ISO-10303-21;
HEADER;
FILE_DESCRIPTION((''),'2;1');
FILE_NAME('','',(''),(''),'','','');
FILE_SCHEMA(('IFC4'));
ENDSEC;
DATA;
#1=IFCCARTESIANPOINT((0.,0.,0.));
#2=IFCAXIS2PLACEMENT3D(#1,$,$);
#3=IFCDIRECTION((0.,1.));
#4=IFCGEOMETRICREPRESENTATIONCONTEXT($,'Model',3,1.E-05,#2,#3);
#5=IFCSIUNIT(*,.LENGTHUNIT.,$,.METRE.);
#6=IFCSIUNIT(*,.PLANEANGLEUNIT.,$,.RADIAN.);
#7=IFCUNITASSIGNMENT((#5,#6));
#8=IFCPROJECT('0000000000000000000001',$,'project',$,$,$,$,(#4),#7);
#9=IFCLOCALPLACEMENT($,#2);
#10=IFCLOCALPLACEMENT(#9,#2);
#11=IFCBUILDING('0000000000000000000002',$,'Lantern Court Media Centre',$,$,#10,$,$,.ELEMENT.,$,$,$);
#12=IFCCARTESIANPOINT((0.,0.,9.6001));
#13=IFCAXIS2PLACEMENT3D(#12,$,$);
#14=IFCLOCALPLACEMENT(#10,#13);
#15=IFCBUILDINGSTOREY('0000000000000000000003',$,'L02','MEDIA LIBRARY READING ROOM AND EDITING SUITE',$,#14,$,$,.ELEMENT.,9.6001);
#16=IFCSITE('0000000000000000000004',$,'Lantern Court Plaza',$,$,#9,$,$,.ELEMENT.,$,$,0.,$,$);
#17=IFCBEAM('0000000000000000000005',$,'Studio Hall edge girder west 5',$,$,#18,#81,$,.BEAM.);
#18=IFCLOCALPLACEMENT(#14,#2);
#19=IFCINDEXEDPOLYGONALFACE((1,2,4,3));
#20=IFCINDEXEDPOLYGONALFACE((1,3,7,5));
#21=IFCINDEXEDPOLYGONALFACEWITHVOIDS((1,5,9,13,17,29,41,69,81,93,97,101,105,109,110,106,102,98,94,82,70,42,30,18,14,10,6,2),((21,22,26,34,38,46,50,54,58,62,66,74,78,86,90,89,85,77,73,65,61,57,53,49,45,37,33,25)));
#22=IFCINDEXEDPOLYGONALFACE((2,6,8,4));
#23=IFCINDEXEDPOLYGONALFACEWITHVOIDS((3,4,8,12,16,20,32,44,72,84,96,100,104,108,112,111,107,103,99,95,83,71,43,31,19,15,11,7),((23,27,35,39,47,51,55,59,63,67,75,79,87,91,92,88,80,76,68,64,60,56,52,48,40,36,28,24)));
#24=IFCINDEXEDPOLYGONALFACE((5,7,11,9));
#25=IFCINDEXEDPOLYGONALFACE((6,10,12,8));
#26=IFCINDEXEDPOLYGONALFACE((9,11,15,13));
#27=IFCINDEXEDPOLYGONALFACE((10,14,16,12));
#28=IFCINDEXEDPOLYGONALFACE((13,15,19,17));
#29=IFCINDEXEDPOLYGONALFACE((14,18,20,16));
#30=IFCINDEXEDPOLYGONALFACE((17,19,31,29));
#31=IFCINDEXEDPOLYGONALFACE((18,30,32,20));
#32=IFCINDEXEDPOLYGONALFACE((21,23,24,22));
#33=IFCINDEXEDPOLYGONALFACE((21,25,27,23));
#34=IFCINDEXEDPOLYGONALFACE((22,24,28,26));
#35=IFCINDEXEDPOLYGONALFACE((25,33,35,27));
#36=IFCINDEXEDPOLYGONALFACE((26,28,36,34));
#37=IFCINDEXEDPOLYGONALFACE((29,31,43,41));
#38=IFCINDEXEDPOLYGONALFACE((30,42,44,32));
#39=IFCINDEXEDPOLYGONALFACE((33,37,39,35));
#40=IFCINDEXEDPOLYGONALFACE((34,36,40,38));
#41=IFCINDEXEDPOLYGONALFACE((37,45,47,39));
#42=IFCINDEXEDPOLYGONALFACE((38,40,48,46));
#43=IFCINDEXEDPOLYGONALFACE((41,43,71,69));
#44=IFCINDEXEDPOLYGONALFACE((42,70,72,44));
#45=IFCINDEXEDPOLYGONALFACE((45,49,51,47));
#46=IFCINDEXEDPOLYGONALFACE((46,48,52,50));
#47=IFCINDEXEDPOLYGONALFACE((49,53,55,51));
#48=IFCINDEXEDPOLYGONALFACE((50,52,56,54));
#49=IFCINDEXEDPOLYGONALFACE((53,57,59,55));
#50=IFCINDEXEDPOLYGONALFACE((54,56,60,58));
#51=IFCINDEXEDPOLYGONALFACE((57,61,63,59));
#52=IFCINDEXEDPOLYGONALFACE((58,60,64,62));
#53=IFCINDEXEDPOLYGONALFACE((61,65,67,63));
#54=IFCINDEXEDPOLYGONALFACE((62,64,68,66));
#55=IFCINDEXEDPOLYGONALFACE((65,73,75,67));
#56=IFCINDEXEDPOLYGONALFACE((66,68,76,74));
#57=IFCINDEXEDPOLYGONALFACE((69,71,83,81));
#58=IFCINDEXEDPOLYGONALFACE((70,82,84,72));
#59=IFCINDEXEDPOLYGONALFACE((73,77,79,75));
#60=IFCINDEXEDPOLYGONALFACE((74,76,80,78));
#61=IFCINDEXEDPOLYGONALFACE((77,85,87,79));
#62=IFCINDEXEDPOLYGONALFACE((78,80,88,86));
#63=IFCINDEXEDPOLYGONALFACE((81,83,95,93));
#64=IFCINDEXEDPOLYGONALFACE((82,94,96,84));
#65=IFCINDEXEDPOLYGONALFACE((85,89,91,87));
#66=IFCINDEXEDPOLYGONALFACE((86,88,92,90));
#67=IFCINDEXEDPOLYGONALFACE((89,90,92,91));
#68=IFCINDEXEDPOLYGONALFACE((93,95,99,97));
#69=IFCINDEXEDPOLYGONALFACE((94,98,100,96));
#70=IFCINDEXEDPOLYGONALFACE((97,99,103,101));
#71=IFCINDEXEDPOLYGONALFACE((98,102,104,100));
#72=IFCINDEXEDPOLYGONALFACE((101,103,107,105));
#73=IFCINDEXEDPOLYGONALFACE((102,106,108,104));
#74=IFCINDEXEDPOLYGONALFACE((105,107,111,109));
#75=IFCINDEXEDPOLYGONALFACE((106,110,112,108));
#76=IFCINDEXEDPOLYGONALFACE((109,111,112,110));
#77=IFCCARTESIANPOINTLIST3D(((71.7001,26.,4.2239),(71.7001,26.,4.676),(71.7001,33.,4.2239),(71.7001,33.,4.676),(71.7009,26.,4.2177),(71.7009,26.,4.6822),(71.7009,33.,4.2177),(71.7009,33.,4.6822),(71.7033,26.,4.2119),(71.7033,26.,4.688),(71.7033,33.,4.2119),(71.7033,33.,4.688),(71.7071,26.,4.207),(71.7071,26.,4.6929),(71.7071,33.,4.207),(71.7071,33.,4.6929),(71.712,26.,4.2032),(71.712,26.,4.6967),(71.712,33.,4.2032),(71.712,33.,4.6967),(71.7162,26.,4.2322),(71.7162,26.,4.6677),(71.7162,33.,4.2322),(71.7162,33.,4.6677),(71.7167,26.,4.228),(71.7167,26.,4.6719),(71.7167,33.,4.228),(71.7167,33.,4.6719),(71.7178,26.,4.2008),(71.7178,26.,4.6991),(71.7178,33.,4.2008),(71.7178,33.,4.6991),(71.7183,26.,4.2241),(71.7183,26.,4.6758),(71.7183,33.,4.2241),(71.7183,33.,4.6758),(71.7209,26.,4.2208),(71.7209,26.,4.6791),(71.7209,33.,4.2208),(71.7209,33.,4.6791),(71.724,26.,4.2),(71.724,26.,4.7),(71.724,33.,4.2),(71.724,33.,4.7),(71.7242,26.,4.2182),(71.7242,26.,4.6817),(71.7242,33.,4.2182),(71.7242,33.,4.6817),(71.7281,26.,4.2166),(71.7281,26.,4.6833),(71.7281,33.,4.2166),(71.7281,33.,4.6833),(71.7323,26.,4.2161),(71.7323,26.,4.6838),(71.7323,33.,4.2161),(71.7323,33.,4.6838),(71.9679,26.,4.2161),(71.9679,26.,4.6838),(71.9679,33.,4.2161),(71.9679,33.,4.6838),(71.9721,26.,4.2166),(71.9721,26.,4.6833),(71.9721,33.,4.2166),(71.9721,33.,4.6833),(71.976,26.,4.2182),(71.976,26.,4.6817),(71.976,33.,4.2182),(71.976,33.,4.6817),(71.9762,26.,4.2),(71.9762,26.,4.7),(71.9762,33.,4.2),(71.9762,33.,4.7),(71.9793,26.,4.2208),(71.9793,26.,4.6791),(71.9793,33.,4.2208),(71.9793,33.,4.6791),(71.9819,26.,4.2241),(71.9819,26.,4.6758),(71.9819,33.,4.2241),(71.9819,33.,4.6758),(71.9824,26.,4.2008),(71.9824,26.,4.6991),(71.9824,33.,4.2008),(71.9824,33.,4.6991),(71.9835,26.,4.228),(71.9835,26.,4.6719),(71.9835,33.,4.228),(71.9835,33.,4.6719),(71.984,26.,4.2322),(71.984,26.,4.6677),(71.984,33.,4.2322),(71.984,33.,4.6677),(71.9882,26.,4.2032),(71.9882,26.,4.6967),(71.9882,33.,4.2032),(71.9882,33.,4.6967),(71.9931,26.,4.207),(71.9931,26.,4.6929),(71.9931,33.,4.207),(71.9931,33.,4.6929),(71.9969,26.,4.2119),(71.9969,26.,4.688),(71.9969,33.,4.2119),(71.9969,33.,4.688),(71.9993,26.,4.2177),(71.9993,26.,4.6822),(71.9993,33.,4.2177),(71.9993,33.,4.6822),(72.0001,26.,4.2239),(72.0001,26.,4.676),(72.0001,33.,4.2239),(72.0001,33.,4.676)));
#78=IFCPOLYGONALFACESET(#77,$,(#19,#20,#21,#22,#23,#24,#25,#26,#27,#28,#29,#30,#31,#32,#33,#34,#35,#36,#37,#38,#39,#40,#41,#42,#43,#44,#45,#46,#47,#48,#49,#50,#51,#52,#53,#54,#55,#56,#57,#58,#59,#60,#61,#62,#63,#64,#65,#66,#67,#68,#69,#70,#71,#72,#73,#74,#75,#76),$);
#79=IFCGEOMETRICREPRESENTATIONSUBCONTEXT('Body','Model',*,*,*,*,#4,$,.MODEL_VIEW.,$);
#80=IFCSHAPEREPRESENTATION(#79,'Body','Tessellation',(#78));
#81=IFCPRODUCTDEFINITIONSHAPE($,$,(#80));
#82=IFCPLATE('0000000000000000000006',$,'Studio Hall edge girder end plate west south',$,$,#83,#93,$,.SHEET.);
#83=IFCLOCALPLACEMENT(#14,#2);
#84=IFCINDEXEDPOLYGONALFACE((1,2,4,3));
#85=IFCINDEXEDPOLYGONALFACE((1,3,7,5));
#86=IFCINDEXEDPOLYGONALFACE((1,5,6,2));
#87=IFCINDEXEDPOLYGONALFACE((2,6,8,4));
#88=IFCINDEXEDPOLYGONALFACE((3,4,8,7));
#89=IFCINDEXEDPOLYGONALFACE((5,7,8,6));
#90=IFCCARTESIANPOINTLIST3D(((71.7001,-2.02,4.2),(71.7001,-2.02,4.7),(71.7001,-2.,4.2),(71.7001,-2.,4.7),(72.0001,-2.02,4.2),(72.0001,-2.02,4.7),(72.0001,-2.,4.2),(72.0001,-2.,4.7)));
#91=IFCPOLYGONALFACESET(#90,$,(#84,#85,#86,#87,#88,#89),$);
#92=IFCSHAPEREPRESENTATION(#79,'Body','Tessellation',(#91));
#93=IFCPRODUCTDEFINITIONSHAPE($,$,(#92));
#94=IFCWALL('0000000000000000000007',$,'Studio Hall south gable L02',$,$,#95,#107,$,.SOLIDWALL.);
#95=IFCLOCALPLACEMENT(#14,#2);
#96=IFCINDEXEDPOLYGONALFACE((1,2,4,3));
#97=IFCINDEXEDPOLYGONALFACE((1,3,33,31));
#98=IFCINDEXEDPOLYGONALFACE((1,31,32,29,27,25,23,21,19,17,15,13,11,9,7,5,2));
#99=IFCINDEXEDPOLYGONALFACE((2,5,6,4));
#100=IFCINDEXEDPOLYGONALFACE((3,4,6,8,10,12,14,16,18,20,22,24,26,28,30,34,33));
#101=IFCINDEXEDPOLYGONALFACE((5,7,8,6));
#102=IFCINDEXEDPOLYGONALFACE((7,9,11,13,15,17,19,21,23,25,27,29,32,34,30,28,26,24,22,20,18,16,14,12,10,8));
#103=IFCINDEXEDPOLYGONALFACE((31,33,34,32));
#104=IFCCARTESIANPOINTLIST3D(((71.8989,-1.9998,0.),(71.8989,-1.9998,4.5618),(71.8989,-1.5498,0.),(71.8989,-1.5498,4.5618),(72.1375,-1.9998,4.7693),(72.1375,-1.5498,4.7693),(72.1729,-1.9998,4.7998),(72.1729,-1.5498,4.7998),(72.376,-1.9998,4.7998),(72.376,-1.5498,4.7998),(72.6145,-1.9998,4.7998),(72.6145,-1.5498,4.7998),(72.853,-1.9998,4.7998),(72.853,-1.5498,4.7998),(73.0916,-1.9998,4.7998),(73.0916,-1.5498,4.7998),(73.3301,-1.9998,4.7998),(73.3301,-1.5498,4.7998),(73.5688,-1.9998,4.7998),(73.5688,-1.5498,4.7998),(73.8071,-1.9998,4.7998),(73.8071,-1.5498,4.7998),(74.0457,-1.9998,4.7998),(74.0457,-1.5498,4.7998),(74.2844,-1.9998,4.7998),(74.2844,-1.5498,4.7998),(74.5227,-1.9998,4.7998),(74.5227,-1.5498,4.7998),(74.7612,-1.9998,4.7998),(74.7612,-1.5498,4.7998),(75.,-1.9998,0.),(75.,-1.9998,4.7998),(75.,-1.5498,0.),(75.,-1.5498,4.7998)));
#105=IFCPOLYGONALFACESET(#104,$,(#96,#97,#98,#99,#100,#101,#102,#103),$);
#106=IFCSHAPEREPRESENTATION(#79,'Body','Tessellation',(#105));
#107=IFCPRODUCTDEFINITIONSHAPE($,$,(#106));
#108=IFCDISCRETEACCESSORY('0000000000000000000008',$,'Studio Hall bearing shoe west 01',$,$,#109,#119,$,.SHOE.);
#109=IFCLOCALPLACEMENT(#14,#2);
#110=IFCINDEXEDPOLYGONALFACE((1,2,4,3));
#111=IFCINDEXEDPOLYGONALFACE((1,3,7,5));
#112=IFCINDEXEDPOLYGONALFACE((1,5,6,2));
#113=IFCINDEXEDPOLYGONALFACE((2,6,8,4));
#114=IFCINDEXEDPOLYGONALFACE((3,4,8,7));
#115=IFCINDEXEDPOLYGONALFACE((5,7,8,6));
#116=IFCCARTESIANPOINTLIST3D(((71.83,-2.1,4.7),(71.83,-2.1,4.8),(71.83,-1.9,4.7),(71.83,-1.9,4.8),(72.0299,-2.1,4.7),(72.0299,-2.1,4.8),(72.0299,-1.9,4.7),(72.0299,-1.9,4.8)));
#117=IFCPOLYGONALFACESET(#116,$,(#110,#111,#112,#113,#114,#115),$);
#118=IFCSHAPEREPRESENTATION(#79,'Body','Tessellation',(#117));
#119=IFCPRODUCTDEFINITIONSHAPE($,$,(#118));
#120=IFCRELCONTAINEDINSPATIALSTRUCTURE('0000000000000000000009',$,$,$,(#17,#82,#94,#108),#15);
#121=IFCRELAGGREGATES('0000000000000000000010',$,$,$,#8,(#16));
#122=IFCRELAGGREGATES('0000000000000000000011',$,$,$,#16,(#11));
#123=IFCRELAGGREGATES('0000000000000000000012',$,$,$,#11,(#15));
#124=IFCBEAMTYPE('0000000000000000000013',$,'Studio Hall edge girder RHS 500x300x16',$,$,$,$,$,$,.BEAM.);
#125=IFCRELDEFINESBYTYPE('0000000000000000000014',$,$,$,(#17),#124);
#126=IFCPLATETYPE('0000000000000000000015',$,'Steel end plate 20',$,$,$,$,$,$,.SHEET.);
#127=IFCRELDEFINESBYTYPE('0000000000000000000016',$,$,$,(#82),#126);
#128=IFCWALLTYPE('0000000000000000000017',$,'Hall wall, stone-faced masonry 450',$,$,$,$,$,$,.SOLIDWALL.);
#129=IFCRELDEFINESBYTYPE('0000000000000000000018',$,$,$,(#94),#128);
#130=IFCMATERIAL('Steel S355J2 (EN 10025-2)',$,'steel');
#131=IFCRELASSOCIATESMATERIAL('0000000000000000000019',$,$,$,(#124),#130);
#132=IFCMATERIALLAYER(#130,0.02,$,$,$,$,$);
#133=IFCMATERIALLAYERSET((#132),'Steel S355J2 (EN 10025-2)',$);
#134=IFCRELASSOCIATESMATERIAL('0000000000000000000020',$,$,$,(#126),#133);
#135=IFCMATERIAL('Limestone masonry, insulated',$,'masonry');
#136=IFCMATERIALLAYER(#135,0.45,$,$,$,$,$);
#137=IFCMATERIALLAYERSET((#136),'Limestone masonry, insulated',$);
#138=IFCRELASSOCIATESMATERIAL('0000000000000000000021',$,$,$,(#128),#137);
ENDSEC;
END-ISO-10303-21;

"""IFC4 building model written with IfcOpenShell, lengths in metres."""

from ifc_helpers import new_model, si_unit, direction, frame, origin, origin_2d, place, context, subcontext, project, spatial, polyline, rectangle, hollow_rectangle, outline, extrude, material, layer, layer_set, material_profile, profile_set, type_object, element, save


model = new_model("IFC4")

# Units and contexts
model_context = context("Model", 3, precision=1e-05, world=origin(), true_north=direction((0.0, 1.0)))
body_context = subcontext(model_context, "Body", "Model", "MODEL_VIEW")
ifc_project = project(units=[si_unit("LENGTHUNIT", "METRE"), si_unit("PLANEANGLEUNIT", "RADIAN")], contexts=[model_context])

# Site, building, storey
site_placement = place(None, origin())
site = spatial("IfcSite", under=ifc_project, at=site_placement, Name="Lantern Court Plaza", CompositionType="ELEMENT", RefElevation=0.0)
building_placement = place(site_placement, origin())
building = spatial("IfcBuilding", under=site, at=building_placement, Name="Lantern Court Media Centre", CompositionType="ELEMENT")
storey_placement = place(building_placement, frame((0.0, 0.0, 9.6001)))
storey = spatial("IfcBuildingStorey", under=building, at=storey_placement, Name="L02", Description="MEDIA LIBRARY READING ROOM AND EDITING SUITE", CompositionType="ELEMENT", Elevation=9.6001)

# Shared definitions
ifc_material_1 = material(Name="Steel S355J2 (EN 10025-2)", Category="steel")

# Beam
ifc_material_profile_1 = material_profile(ifc_material_1, hollow_rectangle(XDim=0.3, YDim=0.5, WallThickness=0.0161, InnerFilletRadius=0.0161, OuterFilletRadius=0.0239, at=origin_2d()), Name="Studio Hall edge girder RHS 500x300x16")
ifc_profile_set_1 = profile_set([ifc_material_profile_1], Name="Steel S355J2 (EN 10025-2)")
beam_type = type_object("IfcBeamType", Name="Studio Hall edge girder RHS 500x300x16", PredefinedType="BEAM", material=ifc_profile_set_1)
for number, where, z_axis, x_axis, name in (
    (1, (71.8501, 26.0, 4.45), (0.0, 1.0, 0.0), (-1.0, 0.0, 0.0), "Studio Hall edge girder west 5"),
):
    element("IfcBeam", number, at=place(storey_placement, frame(where, z_axis=z_axis, x_axis=x_axis)), inside=storey, type_object=beam_type, Name=name, PredefinedType="BEAM", context=body_context, shape_type="SweptSolid", body=[
        extrude(hollow_rectangle(XDim=0.3, YDim=0.5, WallThickness=0.0161, InnerFilletRadius=0.0161, OuterFilletRadius=0.0239, at=origin_2d()), origin(), (0.0, 0.0, 1.0), 7.0),
    ])

# Plate
ifc_layer_1 = layer(ifc_material_1, 0.02)
ifc_layer_set_1 = layer_set([ifc_layer_1], Name="Steel S355J2 (EN 10025-2)")
plate_type = type_object("IfcPlateType", Name="Steel end plate 20", PredefinedType="SHEET", material=ifc_layer_set_1)
plate_placement = place(storey_placement, frame((71.8501, -2.01, 4.2), z_axis=(0.0, 0.0, 1.0), x_axis=(1.0, 0.0, 0.0)))
element("IfcPlate", 2, at=plate_placement, inside=storey, type_object=plate_type, Name="Studio Hall edge girder end plate west south", PredefinedType="SHEET", context=body_context, shape_type="SweptSolid", body=[
    extrude(rectangle(XDim=0.3, YDim=0.02, at=origin_2d()), origin(), (0.0, 0.0, 1.0), 0.5),
])

# Wall
ifc_material_2 = material(Name="Limestone masonry, insulated", Category="masonry")
ifc_layer_2 = layer(ifc_material_2, 0.45)
ifc_layer_set_2 = layer_set([ifc_layer_2], Name="Limestone masonry, insulated")
wall_type = type_object("IfcWallType", Name="Hall wall, stone-faced masonry 450", PredefinedType="SOLIDWALL", material=ifc_layer_set_2)
wall_placement = place(storey_placement, frame((71.8989, -1.7749, 0.0), z_axis=(0.0, 0.0, 1.0), x_axis=(1.0, 0.0, 0.0)))
element("IfcWall", 3, at=wall_placement, inside=storey, type_object=wall_type, Name="Studio Hall south gable L02", PredefinedType="SOLIDWALL", context=body_context, shape_type="SweptSolid", body=[
    extrude(outline(polyline([(0.0, 0.0), (3.1011, 0.0), (3.1011, 4.7998), (2.8623, 4.7998), (2.6238, 4.7998), (2.3855, 4.7998), (2.1467, 4.7998), (1.9082, 4.7998), (1.6699, 4.7998), (1.4312, 4.7998), (1.1926, 4.7998), (0.9541, 4.7998), (0.7156, 4.7998), (0.4771, 4.7998), (0.2739, 4.7998), (0.2385, 4.7693), (0.0, 4.5618), (0.0, 0.0)])), frame((0.0, 0.2251, 0.0), z_axis=(0.0, -1.0, 0.0), x_axis=(1.0, 0.0, 0.0)), (0.0, 0.0, 1.0), 0.45),
])

# Discrete accessory
discrete_accessory_placement = place(storey_placement, frame((71.9299, -2.0, 4.7), z_axis=(0.0, 0.0, 1.0), x_axis=(1.0, 0.0, 0.0)))
element("IfcDiscreteAccessory", 4, at=discrete_accessory_placement, inside=storey, Name="Studio Hall bearing shoe west 01", PredefinedType="SHOE", context=body_context, shape_type="SweptSolid", body=[
    extrude(rectangle(XDim=0.2, YDim=0.2, at=origin_2d()), origin(), (0.0, 0.0, 1.0), 0.1001),
])

save(model, "model.ifc")
